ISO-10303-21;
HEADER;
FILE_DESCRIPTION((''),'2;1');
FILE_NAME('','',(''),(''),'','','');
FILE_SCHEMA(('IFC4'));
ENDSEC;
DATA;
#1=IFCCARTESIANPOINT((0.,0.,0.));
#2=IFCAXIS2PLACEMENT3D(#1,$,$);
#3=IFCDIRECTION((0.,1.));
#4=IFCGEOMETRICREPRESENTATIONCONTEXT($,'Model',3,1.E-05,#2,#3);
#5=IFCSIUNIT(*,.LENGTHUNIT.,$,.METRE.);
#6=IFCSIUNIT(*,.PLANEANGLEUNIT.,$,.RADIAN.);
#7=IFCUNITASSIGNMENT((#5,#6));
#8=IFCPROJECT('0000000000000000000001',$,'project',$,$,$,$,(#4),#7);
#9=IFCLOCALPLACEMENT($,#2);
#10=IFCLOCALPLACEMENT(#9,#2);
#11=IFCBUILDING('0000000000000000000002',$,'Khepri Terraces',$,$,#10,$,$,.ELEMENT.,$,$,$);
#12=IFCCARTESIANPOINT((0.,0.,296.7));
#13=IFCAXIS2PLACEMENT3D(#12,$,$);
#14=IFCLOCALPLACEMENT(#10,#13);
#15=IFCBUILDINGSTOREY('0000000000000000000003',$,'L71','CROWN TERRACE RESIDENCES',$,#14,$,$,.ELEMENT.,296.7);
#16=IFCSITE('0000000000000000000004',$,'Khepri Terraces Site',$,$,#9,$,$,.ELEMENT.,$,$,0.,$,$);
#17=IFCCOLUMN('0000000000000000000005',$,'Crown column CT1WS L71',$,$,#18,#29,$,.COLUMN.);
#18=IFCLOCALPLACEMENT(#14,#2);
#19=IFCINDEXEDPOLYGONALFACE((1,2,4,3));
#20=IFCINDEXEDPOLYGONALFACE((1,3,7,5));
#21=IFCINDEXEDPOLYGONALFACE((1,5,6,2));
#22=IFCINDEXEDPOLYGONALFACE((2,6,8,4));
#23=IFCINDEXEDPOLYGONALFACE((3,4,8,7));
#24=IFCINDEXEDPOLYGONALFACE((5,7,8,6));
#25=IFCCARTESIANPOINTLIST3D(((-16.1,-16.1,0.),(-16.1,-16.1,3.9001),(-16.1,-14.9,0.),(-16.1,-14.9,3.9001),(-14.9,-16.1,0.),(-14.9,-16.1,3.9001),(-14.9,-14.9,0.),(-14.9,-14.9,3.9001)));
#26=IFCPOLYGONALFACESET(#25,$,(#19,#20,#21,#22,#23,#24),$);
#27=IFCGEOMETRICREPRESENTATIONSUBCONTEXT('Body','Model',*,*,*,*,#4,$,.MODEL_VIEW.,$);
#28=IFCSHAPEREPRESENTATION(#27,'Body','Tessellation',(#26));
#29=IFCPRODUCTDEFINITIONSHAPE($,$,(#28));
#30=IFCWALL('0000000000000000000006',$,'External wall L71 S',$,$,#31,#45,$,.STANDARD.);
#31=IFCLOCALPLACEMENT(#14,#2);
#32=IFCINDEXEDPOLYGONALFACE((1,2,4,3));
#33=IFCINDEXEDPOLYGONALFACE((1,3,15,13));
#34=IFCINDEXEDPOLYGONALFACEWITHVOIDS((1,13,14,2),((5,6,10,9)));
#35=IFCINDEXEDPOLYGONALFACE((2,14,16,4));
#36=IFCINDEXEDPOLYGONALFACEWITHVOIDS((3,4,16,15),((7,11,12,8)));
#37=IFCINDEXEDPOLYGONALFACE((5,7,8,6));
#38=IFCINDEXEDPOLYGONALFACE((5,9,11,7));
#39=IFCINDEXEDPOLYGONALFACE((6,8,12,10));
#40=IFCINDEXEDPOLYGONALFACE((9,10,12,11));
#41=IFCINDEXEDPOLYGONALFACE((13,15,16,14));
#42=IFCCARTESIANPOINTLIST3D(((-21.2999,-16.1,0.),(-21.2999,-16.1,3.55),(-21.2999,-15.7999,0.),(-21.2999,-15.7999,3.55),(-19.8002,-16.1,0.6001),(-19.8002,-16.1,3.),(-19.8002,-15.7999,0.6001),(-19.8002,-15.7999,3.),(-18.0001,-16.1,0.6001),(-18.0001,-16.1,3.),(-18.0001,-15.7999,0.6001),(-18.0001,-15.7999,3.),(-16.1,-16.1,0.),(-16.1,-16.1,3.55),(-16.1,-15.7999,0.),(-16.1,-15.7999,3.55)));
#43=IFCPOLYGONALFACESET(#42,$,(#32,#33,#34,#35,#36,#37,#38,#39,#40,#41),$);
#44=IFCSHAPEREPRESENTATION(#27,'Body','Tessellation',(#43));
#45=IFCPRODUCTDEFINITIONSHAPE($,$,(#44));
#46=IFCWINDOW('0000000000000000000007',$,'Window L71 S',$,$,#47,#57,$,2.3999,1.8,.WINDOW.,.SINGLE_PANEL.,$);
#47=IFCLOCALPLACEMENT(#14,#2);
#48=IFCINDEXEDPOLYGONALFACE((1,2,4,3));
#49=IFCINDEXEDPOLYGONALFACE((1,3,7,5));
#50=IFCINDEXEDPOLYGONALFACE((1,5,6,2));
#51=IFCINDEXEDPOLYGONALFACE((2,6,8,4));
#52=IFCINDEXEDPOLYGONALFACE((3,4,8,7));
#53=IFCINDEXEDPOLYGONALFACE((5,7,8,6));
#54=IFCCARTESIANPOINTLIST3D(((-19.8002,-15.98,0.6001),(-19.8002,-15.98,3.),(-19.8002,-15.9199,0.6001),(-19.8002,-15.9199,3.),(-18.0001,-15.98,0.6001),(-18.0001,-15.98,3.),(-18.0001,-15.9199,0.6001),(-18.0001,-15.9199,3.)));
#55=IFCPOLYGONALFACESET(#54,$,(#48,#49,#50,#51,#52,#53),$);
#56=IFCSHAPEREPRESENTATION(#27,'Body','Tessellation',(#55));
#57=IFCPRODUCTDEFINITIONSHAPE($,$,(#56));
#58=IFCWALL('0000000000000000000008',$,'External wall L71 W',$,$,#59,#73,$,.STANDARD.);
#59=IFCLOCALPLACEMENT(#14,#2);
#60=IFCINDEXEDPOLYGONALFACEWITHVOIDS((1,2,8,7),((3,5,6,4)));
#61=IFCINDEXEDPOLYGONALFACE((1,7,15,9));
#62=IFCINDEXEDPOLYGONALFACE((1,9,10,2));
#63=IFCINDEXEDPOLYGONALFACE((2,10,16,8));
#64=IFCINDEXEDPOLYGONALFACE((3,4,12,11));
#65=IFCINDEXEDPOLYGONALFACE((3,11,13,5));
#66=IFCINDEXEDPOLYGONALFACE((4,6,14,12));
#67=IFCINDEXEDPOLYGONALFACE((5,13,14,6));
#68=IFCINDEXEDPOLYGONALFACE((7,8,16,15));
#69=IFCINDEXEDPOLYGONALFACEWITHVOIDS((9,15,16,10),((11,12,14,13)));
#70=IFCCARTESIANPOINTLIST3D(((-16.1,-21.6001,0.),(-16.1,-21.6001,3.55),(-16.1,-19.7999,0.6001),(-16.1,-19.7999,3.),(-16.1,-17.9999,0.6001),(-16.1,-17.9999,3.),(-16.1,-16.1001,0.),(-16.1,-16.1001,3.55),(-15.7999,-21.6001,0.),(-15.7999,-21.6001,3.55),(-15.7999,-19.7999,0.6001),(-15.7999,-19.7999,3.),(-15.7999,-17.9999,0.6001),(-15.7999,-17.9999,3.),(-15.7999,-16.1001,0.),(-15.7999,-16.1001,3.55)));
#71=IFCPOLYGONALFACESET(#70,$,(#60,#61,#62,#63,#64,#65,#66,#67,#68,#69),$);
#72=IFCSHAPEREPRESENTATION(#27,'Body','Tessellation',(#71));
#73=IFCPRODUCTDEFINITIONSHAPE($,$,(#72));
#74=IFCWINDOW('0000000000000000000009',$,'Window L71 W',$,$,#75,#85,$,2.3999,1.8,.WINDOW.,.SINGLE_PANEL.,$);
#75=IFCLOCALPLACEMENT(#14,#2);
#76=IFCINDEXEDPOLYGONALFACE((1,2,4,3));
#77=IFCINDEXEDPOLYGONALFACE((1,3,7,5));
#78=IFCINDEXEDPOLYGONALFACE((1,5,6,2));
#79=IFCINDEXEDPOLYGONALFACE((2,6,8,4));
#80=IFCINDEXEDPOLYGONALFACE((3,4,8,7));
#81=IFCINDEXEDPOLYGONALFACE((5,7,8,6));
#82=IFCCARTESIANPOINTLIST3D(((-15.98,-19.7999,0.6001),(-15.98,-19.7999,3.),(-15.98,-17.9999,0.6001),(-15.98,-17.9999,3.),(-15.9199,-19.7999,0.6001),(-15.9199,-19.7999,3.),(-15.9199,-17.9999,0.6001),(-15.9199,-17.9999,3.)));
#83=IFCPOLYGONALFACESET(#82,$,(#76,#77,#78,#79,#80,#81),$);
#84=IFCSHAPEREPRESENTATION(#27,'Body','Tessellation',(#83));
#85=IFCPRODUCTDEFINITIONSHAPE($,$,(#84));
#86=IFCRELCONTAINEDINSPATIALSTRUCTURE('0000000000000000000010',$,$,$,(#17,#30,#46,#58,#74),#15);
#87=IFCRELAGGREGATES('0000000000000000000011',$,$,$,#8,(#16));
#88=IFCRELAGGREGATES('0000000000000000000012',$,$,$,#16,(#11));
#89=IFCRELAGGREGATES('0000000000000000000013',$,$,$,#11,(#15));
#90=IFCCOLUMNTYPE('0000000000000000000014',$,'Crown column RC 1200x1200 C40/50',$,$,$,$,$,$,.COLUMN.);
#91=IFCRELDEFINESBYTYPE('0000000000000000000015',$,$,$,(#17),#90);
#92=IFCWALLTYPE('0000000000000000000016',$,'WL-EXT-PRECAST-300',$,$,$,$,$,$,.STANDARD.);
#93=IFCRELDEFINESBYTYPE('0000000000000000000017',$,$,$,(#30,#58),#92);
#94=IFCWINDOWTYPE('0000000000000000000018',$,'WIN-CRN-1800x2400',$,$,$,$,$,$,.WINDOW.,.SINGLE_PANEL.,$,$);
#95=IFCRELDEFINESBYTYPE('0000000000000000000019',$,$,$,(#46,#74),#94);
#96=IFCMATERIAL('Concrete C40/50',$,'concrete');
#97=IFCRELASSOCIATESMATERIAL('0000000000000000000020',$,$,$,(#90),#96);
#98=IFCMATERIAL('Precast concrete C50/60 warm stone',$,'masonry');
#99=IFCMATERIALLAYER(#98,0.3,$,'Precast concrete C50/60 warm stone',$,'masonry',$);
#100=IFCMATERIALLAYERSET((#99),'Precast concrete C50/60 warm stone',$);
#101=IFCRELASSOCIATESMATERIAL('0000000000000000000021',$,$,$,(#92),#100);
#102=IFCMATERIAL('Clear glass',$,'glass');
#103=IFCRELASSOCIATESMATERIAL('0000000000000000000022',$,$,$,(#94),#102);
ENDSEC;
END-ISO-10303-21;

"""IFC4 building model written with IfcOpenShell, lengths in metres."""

from ifc_helpers import new_model, si_unit, direction, frame, frame_2d, origin, origin_2d, place, context, subcontext, project, spatial, rectangle, extrude, material, layer, layer_set, material_profile, profile_set, type_object, element, fill, save


model = new_model("IFC4")

# Units and contexts
model_context = context("Model", 3, precision=1e-05, world=origin(), true_north=direction((0.0, 1.0)))
body_context = subcontext(model_context, "Body", "Model", "MODEL_VIEW")
ifc_project = project(units=[si_unit("LENGTHUNIT", "METRE"), si_unit("PLANEANGLEUNIT", "RADIAN")], contexts=[model_context])

# Site, building, storey
site_placement = place(None, origin())
site = spatial("IfcSite", under=ifc_project, at=site_placement, Name="Khepri Terraces Site", CompositionType="ELEMENT", RefElevation=0.0)
building_placement = place(site_placement, origin())
building = spatial("IfcBuilding", under=site, at=building_placement, Name="Khepri Terraces", CompositionType="ELEMENT")
storey_placement = place(building_placement, frame((0.0, 0.0, 296.7)))
storey = spatial("IfcBuildingStorey", under=building, at=storey_placement, Name="L71", Description="CROWN TERRACE RESIDENCES", CompositionType="ELEMENT", Elevation=296.7)

# Column
ifc_material_1 = material(Name="Concrete C40/50", Category="concrete")
ifc_material_profile = material_profile(ifc_material_1, rectangle(XDim=1.2, YDim=1.2, at=origin_2d()), Name="Concrete C40/50", Category="concrete")
ifc_profile_set = profile_set([ifc_material_profile], Name="Concrete C40/50")
column_type = type_object("IfcColumnType", Name="Crown column RC 1200x1200 C40/50", PredefinedType="COLUMN", material=ifc_profile_set)
column_placement = place(storey_placement, frame((-15.5, -15.5, 0.0), z_axis=(0.0, 0.0, 1.0), x_axis=(1.0, 0.0, 0.0)))
element("IfcColumn", 1, at=column_placement, inside=storey, type_object=column_type, Name="Crown column CT1WS L71", PredefinedType="COLUMN", context=body_context, shape_type="SweptSolid", body=[
    extrude(rectangle(XDim=1.2, YDim=1.2, at=origin_2d()), origin(), (0.0, 0.0, 1.0), 3.9001),
])

# Walls, openings, windows
ifc_material_2 = material(Name="Precast concrete C50/60 warm stone", Category="masonry")
ifc_layer_1 = layer(ifc_material_2, 0.3, Name="Precast concrete C50/60 warm stone", Category="masonry")
ifc_layer_set_1 = layer_set([ifc_layer_1], Name="Precast concrete C50/60 warm stone")
wall_type_1 = type_object("IfcWallType", Name="WL-EXT-PRECAST-300", PredefinedType="STANDARD", material=ifc_layer_set_1)
wall_1_placement = place(storey_placement, frame((-21.3, -15.95, 0.0), z_axis=(0.0, 0.0, 1.0), x_axis=(1.0, 0.0, 0.0)))
wall_1 = element("IfcWall", 2, at=wall_1_placement, inside=storey, type_object=wall_type_1, Name="External wall L71 S", PredefinedType="STANDARD", context=body_context, shape_type="SweptSolid", body=[
    extrude(rectangle(XDim=5.2, YDim=0.3, at=frame_2d((2.6001, 0.0))), origin(), (0.0, 0.0, 1.0), 3.55),
])
opening_1_placement = place(wall_1_placement, frame((1.5, 0.0, 0.6001)))
opening_1 = element("IfcOpeningElement", 3, at=opening_1_placement, cuts=wall_1, PredefinedType="OPENING", context=body_context, shape_type="SweptSolid", body=[
    extrude(rectangle(XDim=1.8, YDim=2.3999, at=frame_2d((0.8999, 1.2))), frame((0.0, 0.1602, 0.0), z_axis=(0.0, -1.0, 0.0), x_axis=(1.0, 0.0, 0.0)), (0.0, 0.0, 1.0), 0.3201),
])
ifc_material_3 = material(Name="Clear glass", Category="glass")
window_type_1 = type_object("IfcWindowType", Name="WIN-CRN-1800x2400", PartitioningType="SINGLE_PANEL", PredefinedType="WINDOW", material=ifc_material_3)
window_1_placement = place(opening_1_placement, origin())
window_1 = element("IfcWindow", 4, at=window_1_placement, inside=storey, type_object=window_type_1, Name="Window L71 S", OverallHeight=2.3999, OverallWidth=1.8, PartitioningType="SINGLE_PANEL", PredefinedType="WINDOW", context=body_context, shape_type="SweptSolid", body=[
    extrude(rectangle(XDim=1.8, YDim=2.3999, at=frame_2d((0.8999, 1.2))), frame((0.0, 0.03, 0.0), z_axis=(0.0, -1.0, 0.0), x_axis=(1.0, 0.0, 0.0)), (0.0, 0.0, 1.0), 0.0601),
])
fill(opening_1, window_1)
wall_2_placement = place(storey_placement, frame((-15.95, -16.1001, 0.0), z_axis=(0.0, 0.0, 1.0), x_axis=(0.0, -1.0, 0.0)))
wall_2 = element("IfcWall", 5, at=wall_2_placement, inside=storey, type_object=wall_type_1, Name="External wall L71 W", PredefinedType="STANDARD", context=body_context, shape_type="SweptSolid", body=[
    extrude(rectangle(XDim=5.5, YDim=0.3, at=frame_2d((2.75, 0.0))), origin(), (0.0, 0.0, 1.0), 3.55),
])
opening_2_placement = place(wall_2_placement, frame((1.8999, 0.0, 0.6001)))
opening_2 = element("IfcOpeningElement", 6, at=opening_2_placement, cuts=wall_2, PredefinedType="OPENING", context=body_context, shape_type="SweptSolid", body=[
    extrude(rectangle(XDim=1.8, YDim=2.3999, at=frame_2d((0.8999, 1.2))), frame((0.0, 0.1602, 0.0), z_axis=(0.0, -1.0, 0.0), x_axis=(1.0, 0.0, 0.0)), (0.0, 0.0, 1.0), 0.3201),
])
window_2_placement = place(opening_2_placement, origin())
window_2 = element("IfcWindow", 7, at=window_2_placement, inside=storey, type_object=window_type_1, Name="Window L71 W", OverallHeight=2.3999, OverallWidth=1.8, PartitioningType="SINGLE_PANEL", PredefinedType="WINDOW", context=body_context, shape_type="SweptSolid", body=[
    extrude(rectangle(XDim=1.8, YDim=2.3999, at=frame_2d((0.8999, 1.2))), frame((0.0, 0.03, 0.0), z_axis=(0.0, -1.0, 0.0), x_axis=(1.0, 0.0, 0.0)), (0.0, 0.0, 1.0), 0.0601),
])
fill(opening_2, window_2)

save(model, "model.ifc")
